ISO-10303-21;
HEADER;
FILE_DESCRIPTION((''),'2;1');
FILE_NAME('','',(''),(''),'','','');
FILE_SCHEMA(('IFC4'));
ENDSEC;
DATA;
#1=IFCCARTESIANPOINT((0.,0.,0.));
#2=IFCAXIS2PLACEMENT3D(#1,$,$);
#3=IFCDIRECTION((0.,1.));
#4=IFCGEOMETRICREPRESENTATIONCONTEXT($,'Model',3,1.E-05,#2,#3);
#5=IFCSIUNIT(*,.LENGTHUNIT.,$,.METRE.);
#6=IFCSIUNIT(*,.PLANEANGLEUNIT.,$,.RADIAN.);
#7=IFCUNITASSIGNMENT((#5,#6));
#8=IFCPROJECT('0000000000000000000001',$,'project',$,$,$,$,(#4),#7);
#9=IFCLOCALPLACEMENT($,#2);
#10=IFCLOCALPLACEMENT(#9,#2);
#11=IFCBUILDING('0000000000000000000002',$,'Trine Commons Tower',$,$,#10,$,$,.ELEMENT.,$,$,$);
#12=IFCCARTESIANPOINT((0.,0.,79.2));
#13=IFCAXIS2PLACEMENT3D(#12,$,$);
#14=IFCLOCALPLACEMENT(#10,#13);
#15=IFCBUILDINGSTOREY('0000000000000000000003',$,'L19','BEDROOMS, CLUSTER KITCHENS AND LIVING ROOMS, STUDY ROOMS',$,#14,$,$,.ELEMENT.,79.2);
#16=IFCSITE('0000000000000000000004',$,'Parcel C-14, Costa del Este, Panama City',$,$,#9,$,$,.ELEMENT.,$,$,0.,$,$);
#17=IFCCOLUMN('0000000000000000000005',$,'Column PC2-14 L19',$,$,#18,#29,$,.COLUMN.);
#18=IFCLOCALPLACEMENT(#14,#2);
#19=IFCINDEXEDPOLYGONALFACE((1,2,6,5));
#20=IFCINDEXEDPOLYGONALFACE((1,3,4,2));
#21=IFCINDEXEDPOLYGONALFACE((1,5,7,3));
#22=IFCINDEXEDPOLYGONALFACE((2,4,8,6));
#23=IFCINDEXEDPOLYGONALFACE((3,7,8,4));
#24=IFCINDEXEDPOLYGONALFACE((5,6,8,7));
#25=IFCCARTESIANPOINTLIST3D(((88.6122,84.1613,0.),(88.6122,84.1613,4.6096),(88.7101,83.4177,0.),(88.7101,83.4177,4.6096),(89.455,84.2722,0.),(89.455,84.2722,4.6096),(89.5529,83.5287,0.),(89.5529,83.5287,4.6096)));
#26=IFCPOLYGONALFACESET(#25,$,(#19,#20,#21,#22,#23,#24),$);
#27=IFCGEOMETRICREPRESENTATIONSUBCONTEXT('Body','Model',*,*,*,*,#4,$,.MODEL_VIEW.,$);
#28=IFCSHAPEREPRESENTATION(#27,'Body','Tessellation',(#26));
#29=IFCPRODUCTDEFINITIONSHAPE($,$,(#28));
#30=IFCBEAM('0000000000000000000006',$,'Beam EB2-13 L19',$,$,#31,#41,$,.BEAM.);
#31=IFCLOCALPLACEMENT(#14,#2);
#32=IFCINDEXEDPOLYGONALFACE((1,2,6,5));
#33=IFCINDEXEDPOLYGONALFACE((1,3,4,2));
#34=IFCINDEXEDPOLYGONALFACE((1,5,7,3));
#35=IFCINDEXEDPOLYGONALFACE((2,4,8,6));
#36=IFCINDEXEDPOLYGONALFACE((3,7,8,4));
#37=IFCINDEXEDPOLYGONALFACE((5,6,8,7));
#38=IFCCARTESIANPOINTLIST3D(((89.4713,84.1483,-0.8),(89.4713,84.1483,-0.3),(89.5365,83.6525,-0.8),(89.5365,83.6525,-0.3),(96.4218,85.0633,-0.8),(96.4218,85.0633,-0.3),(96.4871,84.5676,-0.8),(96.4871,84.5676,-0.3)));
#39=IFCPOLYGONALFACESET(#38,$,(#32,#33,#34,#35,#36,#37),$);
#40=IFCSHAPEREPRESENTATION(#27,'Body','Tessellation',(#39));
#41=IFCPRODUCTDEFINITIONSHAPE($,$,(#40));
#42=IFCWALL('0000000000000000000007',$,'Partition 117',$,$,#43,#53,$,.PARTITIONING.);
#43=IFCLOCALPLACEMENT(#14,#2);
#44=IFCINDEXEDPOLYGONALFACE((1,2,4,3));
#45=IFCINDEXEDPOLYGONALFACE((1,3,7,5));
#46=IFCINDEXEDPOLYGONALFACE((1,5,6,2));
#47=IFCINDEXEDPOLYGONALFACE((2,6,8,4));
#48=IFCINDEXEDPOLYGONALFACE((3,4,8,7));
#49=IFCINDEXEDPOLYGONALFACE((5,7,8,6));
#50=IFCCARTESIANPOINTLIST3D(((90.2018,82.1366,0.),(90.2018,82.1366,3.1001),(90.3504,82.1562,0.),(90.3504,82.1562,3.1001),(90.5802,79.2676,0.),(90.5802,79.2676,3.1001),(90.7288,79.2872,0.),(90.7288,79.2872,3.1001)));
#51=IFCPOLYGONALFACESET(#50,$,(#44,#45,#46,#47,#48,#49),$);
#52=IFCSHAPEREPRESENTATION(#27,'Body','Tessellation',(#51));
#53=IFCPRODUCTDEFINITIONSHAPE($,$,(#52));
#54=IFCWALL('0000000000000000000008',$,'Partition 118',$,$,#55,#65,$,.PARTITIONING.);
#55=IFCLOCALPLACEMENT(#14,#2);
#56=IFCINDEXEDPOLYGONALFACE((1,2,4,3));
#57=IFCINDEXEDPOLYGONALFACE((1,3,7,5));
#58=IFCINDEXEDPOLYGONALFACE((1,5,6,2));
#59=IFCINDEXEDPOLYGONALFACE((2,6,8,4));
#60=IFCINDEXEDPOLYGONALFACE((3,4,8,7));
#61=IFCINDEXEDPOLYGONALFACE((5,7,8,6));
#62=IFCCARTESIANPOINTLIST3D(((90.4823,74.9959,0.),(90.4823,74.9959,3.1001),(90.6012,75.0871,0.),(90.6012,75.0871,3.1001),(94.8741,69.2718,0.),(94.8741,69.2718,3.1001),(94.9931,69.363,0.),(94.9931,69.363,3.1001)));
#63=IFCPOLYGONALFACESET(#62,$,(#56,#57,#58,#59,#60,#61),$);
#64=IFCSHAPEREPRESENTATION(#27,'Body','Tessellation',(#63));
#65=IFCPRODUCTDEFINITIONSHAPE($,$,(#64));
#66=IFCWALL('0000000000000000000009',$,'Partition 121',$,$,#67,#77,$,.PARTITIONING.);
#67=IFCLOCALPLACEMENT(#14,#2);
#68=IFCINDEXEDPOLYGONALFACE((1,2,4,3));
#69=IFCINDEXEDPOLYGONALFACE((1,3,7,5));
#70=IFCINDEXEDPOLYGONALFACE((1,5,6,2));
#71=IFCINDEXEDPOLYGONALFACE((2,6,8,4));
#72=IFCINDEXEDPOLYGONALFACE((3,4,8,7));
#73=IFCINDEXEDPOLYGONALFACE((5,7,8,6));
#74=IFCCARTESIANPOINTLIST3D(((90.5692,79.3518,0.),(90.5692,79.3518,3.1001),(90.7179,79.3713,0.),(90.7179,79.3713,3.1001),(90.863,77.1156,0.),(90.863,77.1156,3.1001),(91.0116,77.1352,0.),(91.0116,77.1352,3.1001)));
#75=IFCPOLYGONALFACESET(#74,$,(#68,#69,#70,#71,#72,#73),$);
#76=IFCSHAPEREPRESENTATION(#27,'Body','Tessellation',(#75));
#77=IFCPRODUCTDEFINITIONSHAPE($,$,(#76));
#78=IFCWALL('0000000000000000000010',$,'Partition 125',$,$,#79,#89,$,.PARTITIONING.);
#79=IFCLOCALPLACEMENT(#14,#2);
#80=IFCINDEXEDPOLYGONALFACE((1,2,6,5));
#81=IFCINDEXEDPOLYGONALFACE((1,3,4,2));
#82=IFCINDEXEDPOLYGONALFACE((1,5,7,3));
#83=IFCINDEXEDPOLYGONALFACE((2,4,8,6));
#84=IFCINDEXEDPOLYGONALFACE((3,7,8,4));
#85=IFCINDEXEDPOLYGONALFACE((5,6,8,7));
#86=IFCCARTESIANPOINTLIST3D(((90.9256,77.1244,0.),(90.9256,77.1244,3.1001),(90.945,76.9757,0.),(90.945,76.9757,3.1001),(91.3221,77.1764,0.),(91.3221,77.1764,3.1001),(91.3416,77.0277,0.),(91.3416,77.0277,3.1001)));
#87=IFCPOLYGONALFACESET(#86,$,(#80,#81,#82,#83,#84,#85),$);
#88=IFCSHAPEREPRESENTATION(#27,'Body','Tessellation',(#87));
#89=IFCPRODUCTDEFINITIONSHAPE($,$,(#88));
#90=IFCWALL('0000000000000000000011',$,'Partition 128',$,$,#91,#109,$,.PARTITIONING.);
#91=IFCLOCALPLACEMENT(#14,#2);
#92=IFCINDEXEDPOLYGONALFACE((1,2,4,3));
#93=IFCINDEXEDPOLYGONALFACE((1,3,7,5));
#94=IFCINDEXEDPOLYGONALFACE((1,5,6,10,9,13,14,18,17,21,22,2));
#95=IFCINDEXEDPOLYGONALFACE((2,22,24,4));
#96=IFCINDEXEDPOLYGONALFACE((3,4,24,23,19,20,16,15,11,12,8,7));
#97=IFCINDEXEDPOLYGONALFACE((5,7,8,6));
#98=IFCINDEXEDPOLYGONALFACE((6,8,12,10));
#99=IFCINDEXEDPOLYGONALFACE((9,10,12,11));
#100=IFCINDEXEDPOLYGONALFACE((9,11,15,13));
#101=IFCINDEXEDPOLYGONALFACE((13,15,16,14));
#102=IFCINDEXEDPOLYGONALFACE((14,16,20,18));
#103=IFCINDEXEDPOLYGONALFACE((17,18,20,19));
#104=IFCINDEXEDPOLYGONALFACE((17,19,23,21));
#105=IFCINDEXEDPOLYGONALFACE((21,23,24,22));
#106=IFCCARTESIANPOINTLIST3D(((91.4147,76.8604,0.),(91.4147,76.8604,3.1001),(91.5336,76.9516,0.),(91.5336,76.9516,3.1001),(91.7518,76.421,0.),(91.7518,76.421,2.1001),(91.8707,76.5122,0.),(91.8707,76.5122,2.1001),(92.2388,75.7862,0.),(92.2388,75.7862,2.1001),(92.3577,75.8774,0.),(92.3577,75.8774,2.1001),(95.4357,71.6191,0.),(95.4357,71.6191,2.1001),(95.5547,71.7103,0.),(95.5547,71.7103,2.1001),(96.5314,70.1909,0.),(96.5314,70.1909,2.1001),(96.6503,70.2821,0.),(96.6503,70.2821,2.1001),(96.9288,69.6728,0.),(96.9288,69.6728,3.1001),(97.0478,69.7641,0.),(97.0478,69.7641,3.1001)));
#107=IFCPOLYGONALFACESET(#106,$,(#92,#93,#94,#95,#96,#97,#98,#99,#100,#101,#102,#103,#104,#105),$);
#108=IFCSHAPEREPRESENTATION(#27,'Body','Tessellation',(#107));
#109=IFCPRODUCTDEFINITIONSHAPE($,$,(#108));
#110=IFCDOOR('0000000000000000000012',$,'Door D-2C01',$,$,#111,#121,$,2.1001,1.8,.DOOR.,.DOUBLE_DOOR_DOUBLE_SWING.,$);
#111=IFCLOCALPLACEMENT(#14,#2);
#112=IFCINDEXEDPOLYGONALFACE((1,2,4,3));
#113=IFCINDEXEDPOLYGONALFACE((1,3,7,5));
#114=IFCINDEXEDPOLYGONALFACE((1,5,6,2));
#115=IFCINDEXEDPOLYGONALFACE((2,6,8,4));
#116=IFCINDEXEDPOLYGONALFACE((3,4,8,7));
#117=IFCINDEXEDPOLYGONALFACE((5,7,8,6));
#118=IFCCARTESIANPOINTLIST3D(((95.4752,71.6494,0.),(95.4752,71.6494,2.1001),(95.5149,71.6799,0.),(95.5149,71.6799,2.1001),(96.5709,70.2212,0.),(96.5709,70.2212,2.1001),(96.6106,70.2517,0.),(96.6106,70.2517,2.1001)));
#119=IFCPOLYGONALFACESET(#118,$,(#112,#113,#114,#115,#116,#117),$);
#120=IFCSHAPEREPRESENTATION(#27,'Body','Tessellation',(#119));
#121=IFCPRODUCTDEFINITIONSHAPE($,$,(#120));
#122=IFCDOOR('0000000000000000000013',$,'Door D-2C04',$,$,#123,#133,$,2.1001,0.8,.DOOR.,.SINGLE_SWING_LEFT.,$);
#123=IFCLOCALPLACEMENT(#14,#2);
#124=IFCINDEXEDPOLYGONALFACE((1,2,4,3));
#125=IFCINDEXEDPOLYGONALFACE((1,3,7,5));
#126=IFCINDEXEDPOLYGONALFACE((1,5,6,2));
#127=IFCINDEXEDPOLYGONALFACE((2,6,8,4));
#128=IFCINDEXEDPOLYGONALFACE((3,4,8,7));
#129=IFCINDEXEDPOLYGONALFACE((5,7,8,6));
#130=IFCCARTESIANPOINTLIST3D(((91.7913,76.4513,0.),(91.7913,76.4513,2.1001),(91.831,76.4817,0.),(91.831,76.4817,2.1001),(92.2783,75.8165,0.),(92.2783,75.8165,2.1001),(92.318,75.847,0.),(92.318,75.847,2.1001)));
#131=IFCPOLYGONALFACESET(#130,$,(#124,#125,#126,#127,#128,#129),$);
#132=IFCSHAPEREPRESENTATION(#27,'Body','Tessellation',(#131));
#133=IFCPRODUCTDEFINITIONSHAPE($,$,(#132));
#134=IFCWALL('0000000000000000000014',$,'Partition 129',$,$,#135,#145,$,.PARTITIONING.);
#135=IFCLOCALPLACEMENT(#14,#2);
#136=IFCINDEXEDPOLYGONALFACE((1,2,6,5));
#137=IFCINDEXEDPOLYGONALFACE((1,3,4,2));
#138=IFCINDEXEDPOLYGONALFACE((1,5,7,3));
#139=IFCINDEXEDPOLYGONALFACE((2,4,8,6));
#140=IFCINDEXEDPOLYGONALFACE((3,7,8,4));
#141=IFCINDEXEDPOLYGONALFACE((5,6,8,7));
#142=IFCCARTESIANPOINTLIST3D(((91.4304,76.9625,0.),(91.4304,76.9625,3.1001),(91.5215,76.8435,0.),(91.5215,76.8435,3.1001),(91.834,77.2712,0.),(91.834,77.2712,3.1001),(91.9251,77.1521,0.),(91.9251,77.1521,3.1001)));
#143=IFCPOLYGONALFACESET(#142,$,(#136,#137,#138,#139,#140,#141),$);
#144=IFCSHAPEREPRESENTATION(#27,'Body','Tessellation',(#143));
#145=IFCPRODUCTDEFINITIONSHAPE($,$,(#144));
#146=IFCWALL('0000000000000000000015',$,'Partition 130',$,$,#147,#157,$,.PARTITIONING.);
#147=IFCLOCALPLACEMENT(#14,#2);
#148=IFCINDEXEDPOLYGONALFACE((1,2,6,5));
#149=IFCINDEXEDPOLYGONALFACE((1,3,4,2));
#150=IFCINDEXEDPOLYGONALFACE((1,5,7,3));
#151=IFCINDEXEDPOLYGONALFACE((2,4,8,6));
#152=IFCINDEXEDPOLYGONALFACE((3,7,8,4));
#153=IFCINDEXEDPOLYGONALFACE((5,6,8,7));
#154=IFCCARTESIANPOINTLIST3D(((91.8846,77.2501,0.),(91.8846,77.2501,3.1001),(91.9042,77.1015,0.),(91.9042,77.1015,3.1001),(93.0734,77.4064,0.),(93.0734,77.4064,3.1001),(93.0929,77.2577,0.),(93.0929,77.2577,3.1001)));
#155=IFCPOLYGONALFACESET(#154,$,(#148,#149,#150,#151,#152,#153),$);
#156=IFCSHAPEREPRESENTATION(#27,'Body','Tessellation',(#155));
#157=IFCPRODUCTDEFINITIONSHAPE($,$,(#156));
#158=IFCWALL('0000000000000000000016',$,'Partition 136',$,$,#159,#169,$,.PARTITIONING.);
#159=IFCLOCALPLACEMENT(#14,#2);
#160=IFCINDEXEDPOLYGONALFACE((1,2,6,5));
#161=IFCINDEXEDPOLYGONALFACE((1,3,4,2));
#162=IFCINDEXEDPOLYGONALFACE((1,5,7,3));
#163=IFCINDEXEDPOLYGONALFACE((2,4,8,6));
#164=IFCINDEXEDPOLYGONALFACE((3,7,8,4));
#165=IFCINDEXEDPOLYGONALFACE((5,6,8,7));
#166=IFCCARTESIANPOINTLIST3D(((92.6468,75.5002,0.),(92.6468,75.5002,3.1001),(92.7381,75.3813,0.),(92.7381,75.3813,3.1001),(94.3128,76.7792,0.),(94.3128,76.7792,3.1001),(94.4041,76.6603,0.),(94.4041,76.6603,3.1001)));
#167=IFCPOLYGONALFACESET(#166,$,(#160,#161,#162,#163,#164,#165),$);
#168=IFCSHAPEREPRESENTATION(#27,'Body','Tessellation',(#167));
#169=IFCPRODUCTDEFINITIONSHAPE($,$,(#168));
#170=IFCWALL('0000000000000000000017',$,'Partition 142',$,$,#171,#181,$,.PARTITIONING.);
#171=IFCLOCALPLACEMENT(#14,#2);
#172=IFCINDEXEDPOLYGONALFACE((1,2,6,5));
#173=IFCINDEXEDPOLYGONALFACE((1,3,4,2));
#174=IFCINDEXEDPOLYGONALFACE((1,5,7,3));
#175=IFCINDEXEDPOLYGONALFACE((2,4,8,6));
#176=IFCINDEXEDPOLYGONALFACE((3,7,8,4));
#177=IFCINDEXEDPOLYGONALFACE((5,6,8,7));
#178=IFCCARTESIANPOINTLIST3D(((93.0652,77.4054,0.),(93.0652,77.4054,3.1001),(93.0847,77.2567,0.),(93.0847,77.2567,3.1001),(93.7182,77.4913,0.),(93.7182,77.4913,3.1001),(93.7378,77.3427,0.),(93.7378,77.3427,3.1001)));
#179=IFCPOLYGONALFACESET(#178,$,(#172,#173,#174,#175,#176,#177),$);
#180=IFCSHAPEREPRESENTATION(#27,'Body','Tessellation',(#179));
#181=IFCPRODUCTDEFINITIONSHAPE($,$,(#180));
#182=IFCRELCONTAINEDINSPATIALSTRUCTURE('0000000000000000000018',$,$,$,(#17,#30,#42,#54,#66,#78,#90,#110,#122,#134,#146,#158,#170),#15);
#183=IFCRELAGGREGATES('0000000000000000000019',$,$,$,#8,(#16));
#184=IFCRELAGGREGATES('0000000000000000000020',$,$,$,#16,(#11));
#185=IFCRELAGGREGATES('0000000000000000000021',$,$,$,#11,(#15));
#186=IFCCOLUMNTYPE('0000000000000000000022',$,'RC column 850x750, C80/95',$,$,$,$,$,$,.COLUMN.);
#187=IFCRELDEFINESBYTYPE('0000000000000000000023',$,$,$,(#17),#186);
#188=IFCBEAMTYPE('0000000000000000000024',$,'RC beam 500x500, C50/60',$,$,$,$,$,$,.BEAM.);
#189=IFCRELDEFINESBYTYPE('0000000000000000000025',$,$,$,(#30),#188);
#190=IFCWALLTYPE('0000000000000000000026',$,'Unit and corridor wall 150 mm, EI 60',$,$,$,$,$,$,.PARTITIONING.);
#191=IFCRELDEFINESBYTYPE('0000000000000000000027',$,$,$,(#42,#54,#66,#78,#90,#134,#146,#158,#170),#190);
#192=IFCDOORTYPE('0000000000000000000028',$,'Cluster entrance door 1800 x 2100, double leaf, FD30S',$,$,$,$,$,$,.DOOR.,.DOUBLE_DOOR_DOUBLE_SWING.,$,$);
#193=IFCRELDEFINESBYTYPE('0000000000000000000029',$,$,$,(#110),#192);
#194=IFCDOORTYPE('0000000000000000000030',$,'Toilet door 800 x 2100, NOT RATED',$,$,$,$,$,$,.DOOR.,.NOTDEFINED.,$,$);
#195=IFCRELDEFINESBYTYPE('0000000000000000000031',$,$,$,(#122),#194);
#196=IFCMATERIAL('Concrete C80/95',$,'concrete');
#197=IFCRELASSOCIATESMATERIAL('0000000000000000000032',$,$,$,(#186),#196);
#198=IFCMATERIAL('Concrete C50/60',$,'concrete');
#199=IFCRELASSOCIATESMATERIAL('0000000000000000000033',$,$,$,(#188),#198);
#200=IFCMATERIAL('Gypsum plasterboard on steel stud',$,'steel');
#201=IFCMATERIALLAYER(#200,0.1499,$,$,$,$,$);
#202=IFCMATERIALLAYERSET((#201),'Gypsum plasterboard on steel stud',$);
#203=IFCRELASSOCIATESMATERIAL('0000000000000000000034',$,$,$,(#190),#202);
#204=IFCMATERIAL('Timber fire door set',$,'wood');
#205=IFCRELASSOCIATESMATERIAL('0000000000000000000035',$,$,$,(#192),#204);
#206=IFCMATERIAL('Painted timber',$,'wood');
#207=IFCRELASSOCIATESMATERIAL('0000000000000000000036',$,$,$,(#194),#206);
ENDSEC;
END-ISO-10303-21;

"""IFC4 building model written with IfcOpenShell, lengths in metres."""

from ifc_helpers import new_model, si_unit, direction, frame, frame_2d, origin, origin_2d, place, context, subcontext, project, spatial, rectangle, extrude, material, layer, layer_set, material_profile, profile_set, type_object, element, fill, save


model = new_model("IFC4")

# Units and contexts
model_context = context("Model", 3, precision=1e-05, world=origin(), true_north=direction((0.0, 1.0)))
body_context = subcontext(model_context, "Body", "Model", "MODEL_VIEW")
ifc_project = project(units=[si_unit("LENGTHUNIT", "METRE"), si_unit("PLANEANGLEUNIT", "RADIAN")], contexts=[model_context])

# Site, building, storey
site_placement = place(None, origin())
site = spatial("IfcSite", under=ifc_project, at=site_placement, Name="Parcel C-14, Costa del Este, Panama City", CompositionType="ELEMENT", RefElevation=0.0)
building_placement = place(site_placement, origin())
building = spatial("IfcBuilding", under=site, at=building_placement, Name="Trine Commons Tower", CompositionType="ELEMENT")
storey_placement = place(building_placement, frame((0.0, 0.0, 79.2)))
storey = spatial("IfcBuildingStorey", under=building, at=storey_placement, Name="L19", Description="BEDROOMS, CLUSTER KITCHENS AND LIVING ROOMS, STUDY ROOMS", CompositionType="ELEMENT", Elevation=79.2)

# Column
ifc_material_1 = material(Name="Concrete C80/95", Category="concrete")
ifc_material_profile_1 = material_profile(ifc_material_1, rectangle(XDim=0.8501, YDim=0.75, at=origin_2d()), Name="RC 850x750")
ifc_profile_set_1 = profile_set([ifc_material_profile_1], Name="Concrete C80/95")
column_type = type_object("IfcColumnType", Name="RC column 850x750, C80/95", PredefinedType="COLUMN", material=ifc_profile_set_1)
column_placement = place(storey_placement, frame((89.0825, 83.845, 0.0), z_axis=(0.0, 0.0, 1.0), x_axis=(0.991445, 0.130526, 0.0)))
element("IfcColumn", 1, at=column_placement, inside=storey, type_object=column_type, Name="Column PC2-14 L19", PredefinedType="COLUMN", context=body_context, shape_type="SweptSolid", body=[
    extrude(rectangle(XDim=0.8501, YDim=0.75, at=origin_2d()), origin(), (0.0, 0.0, 1.0), 4.6096),
])

# Beam
ifc_material_2 = material(Name="Concrete C50/60", Category="concrete")
ifc_material_profile_2 = material_profile(ifc_material_2, rectangle(XDim=0.5, YDim=0.5, at=origin_2d()), Name="RC 500x500")
ifc_profile_set_2 = profile_set([ifc_material_profile_2], Name="Concrete C50/60")
beam_type = type_object("IfcBeamType", Name="RC beam 500x500, C50/60", PredefinedType="BEAM", material=ifc_profile_set_2)
beam_placement = place(storey_placement, frame((89.5039, 83.9004, -0.55), z_axis=(0.991445, 0.130526, 0.0), x_axis=(-0.130526, 0.991445, 0.0)))
element("IfcBeam", 2, at=beam_placement, inside=storey, type_object=beam_type, Name="Beam EB2-13 L19", PredefinedType="BEAM", context=body_context, shape_type="SweptSolid", body=[
    extrude(rectangle(XDim=0.5, YDim=0.5, at=origin_2d()), origin(), (0.0, 0.0, 1.0), 7.0105),
])

# Walls
ifc_material_3 = material(Name="Gypsum plasterboard on steel stud", Category="steel")
ifc_layer_1 = layer(ifc_material_3, 0.1499)
ifc_layer_set_1 = layer_set([ifc_layer_1], Name="Gypsum plasterboard on steel stud")
wall_type_1 = type_object("IfcWallType", Name="Unit and corridor wall 150 mm, EI 60", PredefinedType="PARTITIONING", material=ifc_layer_set_1)
wall_1_placement = place(storey_placement, frame((90.2761, 82.1462, 0.0), z_axis=(0.0, 0.0, 1.0), x_axis=(0.130771, -0.991413, 0.0)))
element("IfcWall", 3, at=wall_1_placement, inside=storey, type_object=wall_type_1, Name="Partition 117", PredefinedType="PARTITIONING", context=body_context, shape_type="SweptSolid", body=[
    extrude(rectangle(XDim=2.8938, YDim=0.1499, at=frame_2d((1.4468, 0.0))), origin(), (0.0, 0.0, 1.0), 3.1001),
])
wall_2_placement = place(storey_placement, frame((90.5417, 75.0415, 0.0), z_axis=(0.0, 0.0, 1.0), x_axis=(0.608724, -0.793382, 0.0)))
element("IfcWall", 4, at=wall_2_placement, inside=storey, type_object=wall_type_1, Name="Partition 118", PredefinedType="PARTITIONING", context=body_context, shape_type="SweptSolid", body=[
    extrude(rectangle(XDim=7.2148, YDim=0.1499, at=frame_2d((3.6074, 0.0))), origin(), (0.0, 0.0, 1.0), 3.1001),
])
wall_3_placement = place(storey_placement, frame((90.6436, 79.3616, 0.0), z_axis=(0.0, 0.0, 1.0), x_axis=(0.130228, -0.991484, 0.0)))
element("IfcWall", 5, at=wall_3_placement, inside=storey, type_object=wall_type_1, Name="Partition 121", PredefinedType="PARTITIONING", context=body_context, shape_type="SweptSolid", body=[
    extrude(rectangle(XDim=2.2554, YDim=0.1499, at=frame_2d((1.1277, 0.0))), origin(), (0.0, 0.0, 1.0), 3.1001),
])
wall_4_placement = place(storey_placement, frame((90.9353, 77.05, 0.0), z_axis=(0.0, 0.0, 1.0), x_axis=(0.991508, 0.130044, 0.0)))
element("IfcWall", 6, at=wall_4_placement, inside=storey, type_object=wall_type_1, Name="Partition 125", PredefinedType="PARTITIONING", context=body_context, shape_type="SweptSolid", body=[
    extrude(rectangle(XDim=0.3999, YDim=0.1499, at=frame_2d((0.2, 0.0))), origin(), (0.0, 0.0, 1.0), 3.1001),
])

# Wall, openings, doors
wall_5_placement = place(storey_placement, frame((91.4741, 76.906, 0.0), z_axis=(0.0, 0.0, 1.0), x_axis=(0.608692, -0.793407, 0.0)))
wall_5 = element("IfcWall", 7, at=wall_5_placement, inside=storey, type_object=wall_type_1, Name="Partition 128", PredefinedType="PARTITIONING", context=body_context, shape_type="SweptSolid", body=[
    extrude(rectangle(XDim=9.0591, YDim=0.1499, at=frame_2d((4.5295, 0.0))), origin(), (0.0, 0.0, 1.0), 3.1001),
])
opening_1_placement = place(wall_5_placement, frame((6.6062, 0.0, 0.0)))
opening_1 = element("IfcOpeningElement", 8, at=opening_1_placement, cuts=wall_5, PredefinedType="OPENING", context=body_context, shape_type="SweptSolid", body=[
    extrude(rectangle(XDim=1.8, YDim=2.1001, at=frame_2d((0.8999, 1.05))), frame((0.0, 0.085, 0.0), z_axis=(0.0, -1.0, 0.0), x_axis=(1.0, 0.0, 0.0)), (0.0, 0.0, 1.0), 0.1699),
])
opening_2_placement = place(wall_5_placement, frame((0.554, 0.0, 0.0)))
opening_2 = element("IfcOpeningElement", 9, at=opening_2_placement, cuts=wall_5, PredefinedType="OPENING", context=body_context, shape_type="SweptSolid", body=[
    extrude(rectangle(XDim=0.8, YDim=2.1001, at=frame_2d((0.3999, 1.05))), frame((0.0, 0.085, 0.0), z_axis=(0.0, -1.0, 0.0), x_axis=(1.0, 0.0, 0.0)), (0.0, 0.0, 1.0), 0.1699),
])
ifc_material_4 = material(Name="Timber fire door set", Category="wood")
door_type_1 = type_object("IfcDoorType", Name="Cluster entrance door 1800 x 2100, double leaf, FD30S", OperationType="DOUBLE_DOOR_DOUBLE_SWING", PredefinedType="DOOR", material=ifc_material_4)
door_1_placement = place(opening_1_placement, origin())
door_1 = element("IfcDoor", 10, at=door_1_placement, inside=storey, type_object=door_type_1, Name="Door D-2C01", OperationType="DOUBLE_DOOR_DOUBLE_SWING", OverallHeight=2.1001, OverallWidth=1.8, PredefinedType="DOOR", context=body_context, shape_type="SweptSolid", body=[
    extrude(rectangle(XDim=1.8, YDim=2.1001, at=frame_2d((0.8999, 1.05))), frame((0.0, 0.0249, 0.0), z_axis=(0.0, -1.0, 0.0), x_axis=(1.0, 0.0, 0.0)), (0.0, 0.0, 1.0), 0.05),
])
fill(opening_1, door_1)
ifc_material_5 = material(Name="Painted timber", Category="wood")
door_type_2 = type_object("IfcDoorType", Name="Toilet door 800 x 2100, NOT RATED", OperationType="NOTDEFINED", PredefinedType="DOOR", material=ifc_material_5)
door_2_placement = place(opening_2_placement, origin())
door_2 = element("IfcDoor", 11, at=door_2_placement, inside=storey, type_object=door_type_2, Name="Door D-2C04", OperationType="SINGLE_SWING_LEFT", OverallHeight=2.1001, OverallWidth=0.8, PredefinedType="DOOR", context=body_context, shape_type="SweptSolid", body=[
    extrude(rectangle(XDim=0.8, YDim=2.1001, at=frame_2d((0.3999, 1.05))), frame((0.0, 0.0249, 0.0), z_axis=(0.0, -1.0, 0.0), x_axis=(1.0, 0.0, 0.0)), (0.0, 0.0, 1.0), 0.05),
])
fill(opening_2, door_2)

# Walls
wall_6_placement = place(storey_placement, frame((91.4761, 76.9031, 0.0), z_axis=(0.0, 0.0, 1.0), x_axis=(0.794371, 0.607432, 0.0)))
element("IfcWall", 12, at=wall_6_placement, inside=storey, type_object=wall_type_1, Name="Partition 129", PredefinedType="PARTITIONING", context=body_context, shape_type="SweptSolid", body=[
    extrude(rectangle(XDim=0.5081, YDim=0.1499, at=frame_2d((0.2539, 0.0))), origin(), (0.0, 0.0, 1.0), 3.1001),
])
wall_7_placement = place(storey_placement, frame((91.8943, 77.1758, 0.0), z_axis=(0.0, 0.0, 1.0), x_axis=(0.991472, 0.130323, 0.0)))
element("IfcWall", 13, at=wall_7_placement, inside=storey, type_object=wall_type_1, Name="Partition 130", PredefinedType="PARTITIONING", context=body_context, shape_type="SweptSolid", body=[
    extrude(rectangle(XDim=1.199, YDim=0.1499, at=frame_2d((0.5996, 0.0))), origin(), (0.0, 0.0, 1.0), 3.1001),
])
wall_8_placement = place(storey_placement, frame((92.6924, 75.4407, 0.0), z_axis=(0.0, 0.0, 1.0), x_axis=(0.793198, 0.608963, 0.0)))
element("IfcWall", 14, at=wall_8_placement, inside=storey, type_object=wall_type_1, Name="Partition 136", PredefinedType="PARTITIONING", context=body_context, shape_type="SweptSolid", body=[
    extrude(rectangle(XDim=2.1003, YDim=0.1499, at=frame_2d((1.0503, 0.0))), origin(), (0.0, 0.0, 1.0), 3.1001),
])
wall_9_placement = place(storey_placement, frame((93.075, 77.3311, 0.0), z_axis=(0.0, 0.0, 1.0), x_axis=(0.991453, 0.130464, 0.0)))
element("IfcWall", 15, at=wall_9_placement, inside=storey, type_object=wall_type_1, Name="Partition 142", PredefinedType="PARTITIONING", context=body_context, shape_type="SweptSolid", body=[
    extrude(rectangle(XDim=0.6587, YDim=0.1499, at=frame_2d((0.3293, 0.0))), origin(), (0.0, 0.0, 1.0), 3.1001),
])

save(model, "model.ifc")
